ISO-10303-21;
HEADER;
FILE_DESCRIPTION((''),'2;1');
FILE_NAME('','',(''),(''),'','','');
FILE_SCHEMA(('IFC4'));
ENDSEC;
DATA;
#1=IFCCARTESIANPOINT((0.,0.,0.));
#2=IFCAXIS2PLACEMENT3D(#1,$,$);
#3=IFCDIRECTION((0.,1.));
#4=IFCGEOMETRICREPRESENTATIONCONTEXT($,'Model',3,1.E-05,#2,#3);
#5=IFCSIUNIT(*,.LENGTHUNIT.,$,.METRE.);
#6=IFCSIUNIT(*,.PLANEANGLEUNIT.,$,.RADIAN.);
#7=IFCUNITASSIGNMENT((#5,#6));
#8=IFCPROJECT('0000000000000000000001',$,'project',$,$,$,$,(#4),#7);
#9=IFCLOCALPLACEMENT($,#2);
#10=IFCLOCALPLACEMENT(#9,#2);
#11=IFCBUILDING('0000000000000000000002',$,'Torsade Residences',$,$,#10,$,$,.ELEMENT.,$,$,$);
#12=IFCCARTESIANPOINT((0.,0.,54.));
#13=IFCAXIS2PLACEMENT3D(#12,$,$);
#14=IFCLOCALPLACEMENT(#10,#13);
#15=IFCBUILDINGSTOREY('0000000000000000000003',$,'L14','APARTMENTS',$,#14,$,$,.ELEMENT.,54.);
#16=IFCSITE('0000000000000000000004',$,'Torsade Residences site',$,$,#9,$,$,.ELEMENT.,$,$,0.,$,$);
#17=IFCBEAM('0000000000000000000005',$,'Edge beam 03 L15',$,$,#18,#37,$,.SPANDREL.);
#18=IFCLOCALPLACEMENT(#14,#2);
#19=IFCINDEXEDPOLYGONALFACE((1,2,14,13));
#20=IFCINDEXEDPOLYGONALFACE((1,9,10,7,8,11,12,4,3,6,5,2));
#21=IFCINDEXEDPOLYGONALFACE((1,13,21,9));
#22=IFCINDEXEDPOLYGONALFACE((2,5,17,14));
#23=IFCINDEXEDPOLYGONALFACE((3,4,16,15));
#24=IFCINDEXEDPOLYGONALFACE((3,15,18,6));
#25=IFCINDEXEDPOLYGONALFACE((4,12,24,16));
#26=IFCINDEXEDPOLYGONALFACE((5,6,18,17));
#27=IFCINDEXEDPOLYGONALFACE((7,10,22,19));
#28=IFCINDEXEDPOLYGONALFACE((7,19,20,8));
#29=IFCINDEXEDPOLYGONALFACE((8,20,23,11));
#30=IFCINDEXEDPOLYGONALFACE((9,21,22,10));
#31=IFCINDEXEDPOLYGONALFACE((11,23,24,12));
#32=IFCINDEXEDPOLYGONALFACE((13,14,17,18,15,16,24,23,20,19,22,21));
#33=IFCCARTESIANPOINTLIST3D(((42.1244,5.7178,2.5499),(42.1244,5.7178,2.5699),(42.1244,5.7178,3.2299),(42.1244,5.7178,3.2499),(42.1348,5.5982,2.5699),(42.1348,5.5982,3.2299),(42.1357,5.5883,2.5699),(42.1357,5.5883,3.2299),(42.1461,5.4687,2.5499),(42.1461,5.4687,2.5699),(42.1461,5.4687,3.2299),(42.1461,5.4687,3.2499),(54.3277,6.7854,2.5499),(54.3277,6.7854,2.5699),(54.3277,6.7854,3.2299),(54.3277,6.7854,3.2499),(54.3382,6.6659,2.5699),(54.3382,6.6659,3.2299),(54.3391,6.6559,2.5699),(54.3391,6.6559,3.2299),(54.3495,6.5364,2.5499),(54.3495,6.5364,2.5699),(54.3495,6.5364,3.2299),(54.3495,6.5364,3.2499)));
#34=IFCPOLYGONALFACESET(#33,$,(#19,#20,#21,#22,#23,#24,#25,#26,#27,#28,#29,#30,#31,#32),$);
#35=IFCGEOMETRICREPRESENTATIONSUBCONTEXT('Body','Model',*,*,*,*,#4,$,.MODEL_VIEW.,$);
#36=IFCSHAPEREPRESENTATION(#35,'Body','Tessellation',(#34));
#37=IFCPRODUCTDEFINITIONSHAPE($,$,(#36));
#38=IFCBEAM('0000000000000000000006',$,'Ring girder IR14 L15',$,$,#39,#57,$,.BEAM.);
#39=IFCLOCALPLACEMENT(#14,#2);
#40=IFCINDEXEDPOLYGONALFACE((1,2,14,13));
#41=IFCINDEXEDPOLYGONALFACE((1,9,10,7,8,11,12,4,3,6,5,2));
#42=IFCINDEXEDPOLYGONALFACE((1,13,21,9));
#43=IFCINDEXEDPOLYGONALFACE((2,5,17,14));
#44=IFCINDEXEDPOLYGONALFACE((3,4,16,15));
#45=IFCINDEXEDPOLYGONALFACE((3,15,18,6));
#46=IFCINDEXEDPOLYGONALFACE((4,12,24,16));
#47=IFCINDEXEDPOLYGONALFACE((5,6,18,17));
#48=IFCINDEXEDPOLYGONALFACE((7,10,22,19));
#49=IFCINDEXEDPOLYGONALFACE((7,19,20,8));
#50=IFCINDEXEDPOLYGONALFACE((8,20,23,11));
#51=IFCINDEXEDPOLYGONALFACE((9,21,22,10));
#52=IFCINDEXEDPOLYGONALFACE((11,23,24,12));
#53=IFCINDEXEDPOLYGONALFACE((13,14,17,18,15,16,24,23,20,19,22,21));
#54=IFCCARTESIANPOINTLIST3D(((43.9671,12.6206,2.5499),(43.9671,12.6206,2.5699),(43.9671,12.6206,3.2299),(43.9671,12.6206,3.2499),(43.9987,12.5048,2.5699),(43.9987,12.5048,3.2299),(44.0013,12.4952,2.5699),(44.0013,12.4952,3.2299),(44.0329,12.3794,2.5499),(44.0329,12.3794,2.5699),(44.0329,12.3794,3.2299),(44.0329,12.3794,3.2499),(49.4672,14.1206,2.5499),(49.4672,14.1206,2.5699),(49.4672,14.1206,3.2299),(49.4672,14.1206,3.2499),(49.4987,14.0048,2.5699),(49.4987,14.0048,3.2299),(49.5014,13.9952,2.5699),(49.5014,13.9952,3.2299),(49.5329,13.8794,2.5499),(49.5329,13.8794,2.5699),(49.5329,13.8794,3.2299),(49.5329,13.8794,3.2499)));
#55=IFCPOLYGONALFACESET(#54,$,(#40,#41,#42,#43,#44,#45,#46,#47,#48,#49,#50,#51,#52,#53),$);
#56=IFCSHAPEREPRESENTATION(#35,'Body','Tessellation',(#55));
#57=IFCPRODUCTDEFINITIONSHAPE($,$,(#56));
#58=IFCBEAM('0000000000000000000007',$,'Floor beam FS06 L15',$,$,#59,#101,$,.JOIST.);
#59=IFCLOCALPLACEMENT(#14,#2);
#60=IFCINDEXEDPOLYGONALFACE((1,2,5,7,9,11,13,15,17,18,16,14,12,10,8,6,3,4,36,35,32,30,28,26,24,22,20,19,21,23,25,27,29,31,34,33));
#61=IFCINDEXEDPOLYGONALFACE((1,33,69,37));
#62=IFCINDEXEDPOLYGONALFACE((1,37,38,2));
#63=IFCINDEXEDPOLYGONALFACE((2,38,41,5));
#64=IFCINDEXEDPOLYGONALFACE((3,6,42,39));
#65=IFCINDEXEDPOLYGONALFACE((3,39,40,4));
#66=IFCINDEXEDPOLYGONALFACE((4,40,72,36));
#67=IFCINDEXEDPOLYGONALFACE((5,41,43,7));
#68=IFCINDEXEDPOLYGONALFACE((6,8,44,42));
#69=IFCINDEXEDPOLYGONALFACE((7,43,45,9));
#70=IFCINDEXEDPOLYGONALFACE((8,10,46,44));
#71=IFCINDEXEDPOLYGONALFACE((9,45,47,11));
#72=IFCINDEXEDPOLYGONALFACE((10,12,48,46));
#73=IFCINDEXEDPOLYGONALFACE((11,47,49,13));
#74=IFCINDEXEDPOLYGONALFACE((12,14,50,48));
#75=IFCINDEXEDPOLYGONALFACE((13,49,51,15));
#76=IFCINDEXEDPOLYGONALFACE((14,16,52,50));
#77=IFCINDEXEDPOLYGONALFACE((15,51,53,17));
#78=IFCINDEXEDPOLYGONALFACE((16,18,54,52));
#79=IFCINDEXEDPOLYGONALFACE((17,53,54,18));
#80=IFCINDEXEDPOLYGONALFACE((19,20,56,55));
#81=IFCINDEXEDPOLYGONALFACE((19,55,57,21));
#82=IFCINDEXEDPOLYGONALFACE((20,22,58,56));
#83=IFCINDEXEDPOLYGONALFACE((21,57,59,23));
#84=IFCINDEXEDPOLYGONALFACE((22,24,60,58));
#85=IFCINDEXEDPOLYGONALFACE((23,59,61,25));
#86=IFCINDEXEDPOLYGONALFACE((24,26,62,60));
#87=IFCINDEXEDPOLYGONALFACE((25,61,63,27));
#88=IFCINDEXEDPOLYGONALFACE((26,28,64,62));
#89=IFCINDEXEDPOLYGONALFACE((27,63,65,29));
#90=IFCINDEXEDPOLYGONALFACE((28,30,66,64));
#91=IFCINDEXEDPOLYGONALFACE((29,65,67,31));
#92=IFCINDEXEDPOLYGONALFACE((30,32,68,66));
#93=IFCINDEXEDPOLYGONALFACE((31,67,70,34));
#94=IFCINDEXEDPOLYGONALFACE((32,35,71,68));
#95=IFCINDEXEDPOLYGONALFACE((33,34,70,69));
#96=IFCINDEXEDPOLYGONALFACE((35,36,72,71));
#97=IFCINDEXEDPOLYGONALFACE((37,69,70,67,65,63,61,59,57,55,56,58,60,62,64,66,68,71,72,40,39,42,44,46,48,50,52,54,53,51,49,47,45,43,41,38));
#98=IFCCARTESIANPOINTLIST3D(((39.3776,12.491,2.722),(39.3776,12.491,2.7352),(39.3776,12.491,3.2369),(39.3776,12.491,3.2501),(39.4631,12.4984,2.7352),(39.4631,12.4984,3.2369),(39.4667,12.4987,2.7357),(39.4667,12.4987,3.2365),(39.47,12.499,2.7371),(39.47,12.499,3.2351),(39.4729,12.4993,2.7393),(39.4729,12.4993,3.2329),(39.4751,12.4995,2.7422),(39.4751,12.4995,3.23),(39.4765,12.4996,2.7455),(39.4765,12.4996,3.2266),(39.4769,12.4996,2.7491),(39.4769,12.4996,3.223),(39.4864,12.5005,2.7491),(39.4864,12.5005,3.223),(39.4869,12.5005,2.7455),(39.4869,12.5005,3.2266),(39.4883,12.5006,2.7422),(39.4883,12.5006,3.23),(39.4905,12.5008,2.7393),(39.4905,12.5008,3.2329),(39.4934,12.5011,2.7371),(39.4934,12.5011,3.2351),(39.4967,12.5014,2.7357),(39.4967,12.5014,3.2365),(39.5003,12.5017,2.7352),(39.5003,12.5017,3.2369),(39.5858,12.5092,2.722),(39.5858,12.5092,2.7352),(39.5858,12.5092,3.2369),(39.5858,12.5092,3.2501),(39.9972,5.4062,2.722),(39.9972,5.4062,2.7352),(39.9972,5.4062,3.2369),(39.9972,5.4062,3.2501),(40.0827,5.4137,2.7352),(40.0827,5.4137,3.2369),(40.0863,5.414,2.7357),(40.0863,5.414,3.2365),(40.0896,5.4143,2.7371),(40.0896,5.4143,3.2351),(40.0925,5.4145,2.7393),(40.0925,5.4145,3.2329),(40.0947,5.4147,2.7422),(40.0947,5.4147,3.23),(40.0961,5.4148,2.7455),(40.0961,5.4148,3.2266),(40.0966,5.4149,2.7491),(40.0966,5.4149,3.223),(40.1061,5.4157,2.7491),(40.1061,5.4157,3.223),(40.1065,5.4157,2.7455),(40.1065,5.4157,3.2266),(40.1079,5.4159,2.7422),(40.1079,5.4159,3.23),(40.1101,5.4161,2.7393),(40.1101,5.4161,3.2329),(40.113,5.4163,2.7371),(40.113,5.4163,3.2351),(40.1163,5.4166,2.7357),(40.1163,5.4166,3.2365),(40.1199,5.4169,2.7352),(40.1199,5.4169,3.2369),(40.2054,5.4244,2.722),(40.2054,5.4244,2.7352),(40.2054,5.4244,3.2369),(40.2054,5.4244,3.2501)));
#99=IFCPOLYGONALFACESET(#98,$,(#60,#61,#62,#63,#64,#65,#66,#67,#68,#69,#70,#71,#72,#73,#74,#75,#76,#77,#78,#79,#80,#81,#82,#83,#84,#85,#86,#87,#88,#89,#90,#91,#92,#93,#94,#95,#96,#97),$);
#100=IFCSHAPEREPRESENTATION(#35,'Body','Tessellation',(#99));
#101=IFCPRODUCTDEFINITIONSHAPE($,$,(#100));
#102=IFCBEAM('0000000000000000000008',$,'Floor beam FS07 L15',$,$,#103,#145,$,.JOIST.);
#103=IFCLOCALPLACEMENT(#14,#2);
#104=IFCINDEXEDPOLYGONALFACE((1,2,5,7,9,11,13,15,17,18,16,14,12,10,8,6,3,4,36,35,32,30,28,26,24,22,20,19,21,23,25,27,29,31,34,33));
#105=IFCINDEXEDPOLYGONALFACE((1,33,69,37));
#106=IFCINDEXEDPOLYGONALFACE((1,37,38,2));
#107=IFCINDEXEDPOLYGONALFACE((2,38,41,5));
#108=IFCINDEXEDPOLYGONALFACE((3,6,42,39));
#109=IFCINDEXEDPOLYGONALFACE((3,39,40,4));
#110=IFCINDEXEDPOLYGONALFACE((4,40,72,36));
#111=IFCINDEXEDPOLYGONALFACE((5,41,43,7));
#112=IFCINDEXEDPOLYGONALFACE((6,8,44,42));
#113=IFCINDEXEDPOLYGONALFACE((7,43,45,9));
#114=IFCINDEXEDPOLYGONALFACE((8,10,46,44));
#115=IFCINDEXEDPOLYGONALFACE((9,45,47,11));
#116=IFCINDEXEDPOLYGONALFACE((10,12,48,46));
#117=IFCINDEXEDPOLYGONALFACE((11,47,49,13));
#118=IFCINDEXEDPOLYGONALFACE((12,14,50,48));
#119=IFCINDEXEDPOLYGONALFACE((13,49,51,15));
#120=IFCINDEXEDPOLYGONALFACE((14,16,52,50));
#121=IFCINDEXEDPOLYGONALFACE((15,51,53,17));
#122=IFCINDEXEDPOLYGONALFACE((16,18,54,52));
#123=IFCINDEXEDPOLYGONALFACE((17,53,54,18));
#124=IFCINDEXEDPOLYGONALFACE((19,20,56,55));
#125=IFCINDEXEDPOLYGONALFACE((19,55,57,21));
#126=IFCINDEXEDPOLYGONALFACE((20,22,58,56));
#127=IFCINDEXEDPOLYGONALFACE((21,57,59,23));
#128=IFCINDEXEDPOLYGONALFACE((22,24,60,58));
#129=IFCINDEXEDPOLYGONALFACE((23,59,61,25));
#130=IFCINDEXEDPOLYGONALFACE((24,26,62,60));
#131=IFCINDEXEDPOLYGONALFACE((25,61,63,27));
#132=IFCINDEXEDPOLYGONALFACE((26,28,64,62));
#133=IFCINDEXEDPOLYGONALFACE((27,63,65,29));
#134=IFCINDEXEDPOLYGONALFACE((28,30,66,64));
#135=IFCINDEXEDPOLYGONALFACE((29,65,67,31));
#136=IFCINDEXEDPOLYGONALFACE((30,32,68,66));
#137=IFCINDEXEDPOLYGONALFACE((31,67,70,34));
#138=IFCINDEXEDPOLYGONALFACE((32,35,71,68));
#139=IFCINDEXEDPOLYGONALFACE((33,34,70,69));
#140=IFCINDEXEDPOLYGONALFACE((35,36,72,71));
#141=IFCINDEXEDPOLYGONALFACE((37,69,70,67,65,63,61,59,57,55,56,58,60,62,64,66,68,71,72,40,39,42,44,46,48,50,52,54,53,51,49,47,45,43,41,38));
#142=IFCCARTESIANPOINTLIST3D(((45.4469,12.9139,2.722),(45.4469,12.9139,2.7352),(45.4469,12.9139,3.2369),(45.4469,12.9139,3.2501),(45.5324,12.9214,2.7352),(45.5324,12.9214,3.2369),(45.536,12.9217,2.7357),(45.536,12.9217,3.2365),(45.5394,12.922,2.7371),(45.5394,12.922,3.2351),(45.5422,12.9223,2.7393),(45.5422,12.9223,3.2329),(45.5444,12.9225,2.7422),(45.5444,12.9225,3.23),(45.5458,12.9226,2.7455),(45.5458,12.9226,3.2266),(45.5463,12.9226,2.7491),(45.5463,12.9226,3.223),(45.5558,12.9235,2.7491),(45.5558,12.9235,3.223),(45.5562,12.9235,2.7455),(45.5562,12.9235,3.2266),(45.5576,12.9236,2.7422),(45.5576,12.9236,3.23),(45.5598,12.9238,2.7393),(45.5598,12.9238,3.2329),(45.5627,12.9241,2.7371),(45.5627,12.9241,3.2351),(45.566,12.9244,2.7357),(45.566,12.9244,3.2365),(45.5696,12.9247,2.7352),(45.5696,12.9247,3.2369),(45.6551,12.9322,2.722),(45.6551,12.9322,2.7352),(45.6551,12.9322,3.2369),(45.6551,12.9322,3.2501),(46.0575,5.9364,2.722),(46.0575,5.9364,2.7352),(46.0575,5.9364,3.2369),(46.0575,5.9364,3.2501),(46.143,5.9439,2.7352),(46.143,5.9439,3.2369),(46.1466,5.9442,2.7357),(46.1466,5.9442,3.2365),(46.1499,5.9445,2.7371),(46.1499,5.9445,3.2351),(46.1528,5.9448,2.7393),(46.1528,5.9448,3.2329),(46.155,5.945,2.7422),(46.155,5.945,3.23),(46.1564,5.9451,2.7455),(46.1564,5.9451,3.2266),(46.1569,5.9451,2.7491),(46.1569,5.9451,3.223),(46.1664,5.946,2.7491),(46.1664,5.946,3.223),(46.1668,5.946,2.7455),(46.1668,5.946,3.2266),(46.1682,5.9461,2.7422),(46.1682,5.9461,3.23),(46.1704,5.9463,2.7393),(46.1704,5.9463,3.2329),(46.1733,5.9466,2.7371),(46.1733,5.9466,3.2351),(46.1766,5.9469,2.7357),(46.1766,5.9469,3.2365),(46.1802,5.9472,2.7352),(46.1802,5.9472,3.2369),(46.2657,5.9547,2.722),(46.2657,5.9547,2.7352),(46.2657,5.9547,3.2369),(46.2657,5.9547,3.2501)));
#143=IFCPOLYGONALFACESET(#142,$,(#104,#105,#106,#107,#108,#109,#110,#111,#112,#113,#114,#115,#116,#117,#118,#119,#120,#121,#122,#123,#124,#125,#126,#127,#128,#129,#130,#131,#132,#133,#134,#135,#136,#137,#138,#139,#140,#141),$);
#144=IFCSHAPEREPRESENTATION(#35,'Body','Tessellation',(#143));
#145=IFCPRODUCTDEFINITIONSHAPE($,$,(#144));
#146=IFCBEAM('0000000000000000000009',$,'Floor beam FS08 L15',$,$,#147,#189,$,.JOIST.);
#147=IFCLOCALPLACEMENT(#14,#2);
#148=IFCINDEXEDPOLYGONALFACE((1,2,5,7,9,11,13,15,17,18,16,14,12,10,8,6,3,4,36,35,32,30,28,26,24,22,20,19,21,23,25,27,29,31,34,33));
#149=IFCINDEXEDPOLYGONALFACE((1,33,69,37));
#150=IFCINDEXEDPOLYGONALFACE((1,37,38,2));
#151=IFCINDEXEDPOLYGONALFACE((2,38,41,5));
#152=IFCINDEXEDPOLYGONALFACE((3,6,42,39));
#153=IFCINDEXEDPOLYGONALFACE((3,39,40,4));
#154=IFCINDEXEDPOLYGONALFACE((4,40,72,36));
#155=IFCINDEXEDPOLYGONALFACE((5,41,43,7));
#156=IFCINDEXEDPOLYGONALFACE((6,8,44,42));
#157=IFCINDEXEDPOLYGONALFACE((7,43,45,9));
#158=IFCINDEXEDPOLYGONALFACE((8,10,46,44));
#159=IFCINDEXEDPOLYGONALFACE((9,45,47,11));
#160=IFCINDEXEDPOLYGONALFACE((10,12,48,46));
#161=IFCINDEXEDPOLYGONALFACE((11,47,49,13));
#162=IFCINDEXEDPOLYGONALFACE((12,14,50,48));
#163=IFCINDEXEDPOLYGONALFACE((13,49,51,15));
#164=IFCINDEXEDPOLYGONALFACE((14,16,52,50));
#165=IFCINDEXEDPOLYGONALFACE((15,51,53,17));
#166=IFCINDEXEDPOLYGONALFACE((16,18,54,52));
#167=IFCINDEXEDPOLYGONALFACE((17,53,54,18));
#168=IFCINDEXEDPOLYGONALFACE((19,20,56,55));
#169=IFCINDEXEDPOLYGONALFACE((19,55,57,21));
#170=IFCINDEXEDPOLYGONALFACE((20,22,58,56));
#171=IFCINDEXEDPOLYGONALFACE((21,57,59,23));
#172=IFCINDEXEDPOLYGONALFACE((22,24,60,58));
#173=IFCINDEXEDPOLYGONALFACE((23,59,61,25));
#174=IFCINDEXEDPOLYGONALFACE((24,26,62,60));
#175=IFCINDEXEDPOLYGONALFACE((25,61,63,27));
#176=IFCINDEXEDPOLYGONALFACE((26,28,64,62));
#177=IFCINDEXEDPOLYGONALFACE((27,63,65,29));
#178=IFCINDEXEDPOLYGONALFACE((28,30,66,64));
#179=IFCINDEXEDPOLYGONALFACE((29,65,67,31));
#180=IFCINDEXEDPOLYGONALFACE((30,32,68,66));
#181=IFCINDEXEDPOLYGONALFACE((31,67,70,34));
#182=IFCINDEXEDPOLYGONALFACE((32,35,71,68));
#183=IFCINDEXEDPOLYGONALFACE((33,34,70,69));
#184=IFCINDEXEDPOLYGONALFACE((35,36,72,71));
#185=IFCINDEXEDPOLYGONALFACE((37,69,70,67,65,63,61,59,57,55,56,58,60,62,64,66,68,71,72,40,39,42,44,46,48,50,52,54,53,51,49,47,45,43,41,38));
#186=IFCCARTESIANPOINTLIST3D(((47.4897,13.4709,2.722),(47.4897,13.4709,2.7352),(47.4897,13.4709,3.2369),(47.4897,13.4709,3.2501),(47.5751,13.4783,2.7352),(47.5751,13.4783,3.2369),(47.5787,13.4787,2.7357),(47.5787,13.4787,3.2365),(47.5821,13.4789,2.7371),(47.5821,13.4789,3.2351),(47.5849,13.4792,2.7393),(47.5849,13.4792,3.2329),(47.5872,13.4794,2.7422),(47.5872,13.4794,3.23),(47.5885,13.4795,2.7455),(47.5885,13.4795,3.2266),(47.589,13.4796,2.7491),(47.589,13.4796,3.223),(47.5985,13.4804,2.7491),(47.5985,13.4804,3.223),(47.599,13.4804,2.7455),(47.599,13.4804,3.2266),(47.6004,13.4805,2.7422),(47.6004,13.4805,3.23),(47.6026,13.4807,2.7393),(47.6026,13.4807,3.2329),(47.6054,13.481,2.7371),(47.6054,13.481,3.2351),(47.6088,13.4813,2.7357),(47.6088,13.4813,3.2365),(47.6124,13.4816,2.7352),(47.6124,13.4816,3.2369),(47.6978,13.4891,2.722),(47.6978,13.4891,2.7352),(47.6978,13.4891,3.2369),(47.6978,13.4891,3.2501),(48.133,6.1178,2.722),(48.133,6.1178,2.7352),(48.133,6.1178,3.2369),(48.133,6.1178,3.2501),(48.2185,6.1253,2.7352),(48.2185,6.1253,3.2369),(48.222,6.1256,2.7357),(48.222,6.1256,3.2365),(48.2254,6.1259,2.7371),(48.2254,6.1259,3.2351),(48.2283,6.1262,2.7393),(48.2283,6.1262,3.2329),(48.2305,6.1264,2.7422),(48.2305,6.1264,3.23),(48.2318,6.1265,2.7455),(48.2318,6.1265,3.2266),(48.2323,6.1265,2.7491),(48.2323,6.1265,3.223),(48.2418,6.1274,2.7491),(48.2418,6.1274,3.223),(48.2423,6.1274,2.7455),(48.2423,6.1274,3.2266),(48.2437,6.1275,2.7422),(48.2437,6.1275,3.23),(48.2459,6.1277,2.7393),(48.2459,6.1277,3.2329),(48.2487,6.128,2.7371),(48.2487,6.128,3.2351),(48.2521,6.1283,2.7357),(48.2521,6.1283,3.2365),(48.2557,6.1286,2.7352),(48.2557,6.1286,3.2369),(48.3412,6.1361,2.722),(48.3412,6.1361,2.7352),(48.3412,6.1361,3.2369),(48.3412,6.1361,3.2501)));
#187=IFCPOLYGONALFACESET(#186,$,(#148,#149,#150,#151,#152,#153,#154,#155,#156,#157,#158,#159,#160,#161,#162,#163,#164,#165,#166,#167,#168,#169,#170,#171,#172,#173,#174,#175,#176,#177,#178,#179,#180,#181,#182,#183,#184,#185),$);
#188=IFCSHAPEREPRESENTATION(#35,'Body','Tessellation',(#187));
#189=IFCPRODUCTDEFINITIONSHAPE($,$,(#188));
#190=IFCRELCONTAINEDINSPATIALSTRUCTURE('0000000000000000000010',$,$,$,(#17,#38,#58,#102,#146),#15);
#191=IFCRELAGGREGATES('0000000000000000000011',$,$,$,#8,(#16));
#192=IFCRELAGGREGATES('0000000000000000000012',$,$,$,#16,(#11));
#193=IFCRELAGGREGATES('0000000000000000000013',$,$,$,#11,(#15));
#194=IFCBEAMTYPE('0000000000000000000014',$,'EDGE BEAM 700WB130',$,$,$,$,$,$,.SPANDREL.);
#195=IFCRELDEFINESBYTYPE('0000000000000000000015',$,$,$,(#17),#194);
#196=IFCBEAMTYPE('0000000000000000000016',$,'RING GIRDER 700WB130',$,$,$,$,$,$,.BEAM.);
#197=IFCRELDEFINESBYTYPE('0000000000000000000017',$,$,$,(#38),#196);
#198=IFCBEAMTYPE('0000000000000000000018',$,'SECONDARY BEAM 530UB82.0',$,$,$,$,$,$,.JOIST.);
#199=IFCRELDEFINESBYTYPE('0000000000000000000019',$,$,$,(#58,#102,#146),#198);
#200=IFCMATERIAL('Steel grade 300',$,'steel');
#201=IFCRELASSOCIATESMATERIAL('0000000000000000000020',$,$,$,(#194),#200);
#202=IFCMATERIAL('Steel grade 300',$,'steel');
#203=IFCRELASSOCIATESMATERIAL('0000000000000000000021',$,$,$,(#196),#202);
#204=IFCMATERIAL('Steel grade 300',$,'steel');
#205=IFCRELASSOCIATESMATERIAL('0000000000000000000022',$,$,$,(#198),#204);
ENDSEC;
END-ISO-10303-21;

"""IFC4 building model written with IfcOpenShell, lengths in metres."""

from ifc_helpers import new_model, si_unit, direction, frame, origin, origin_2d, place, context, subcontext, project, spatial, i_section, extrude, material, material_profile, profile_set, type_object, element, save


model = new_model("IFC4")

# Units and contexts
model_context = context("Model", 3, precision=1e-05, world=origin(), true_north=direction((0.0, 1.0)))
body_context = subcontext(model_context, "Body", "Model", "MODEL_VIEW")
ifc_project = project(units=[si_unit("LENGTHUNIT", "METRE"), si_unit("PLANEANGLEUNIT", "RADIAN")], contexts=[model_context])

# Site, building, storey
site_placement = place(None, origin())
site = spatial("IfcSite", under=ifc_project, at=site_placement, Name="Torsade Residences site", CompositionType="ELEMENT", RefElevation=0.0)
building_placement = place(site_placement, origin())
building = spatial("IfcBuilding", under=site, at=building_placement, Name="Torsade Residences", CompositionType="ELEMENT")
storey_placement = place(building_placement, frame((0.0, 0.0, 54.0)))
storey = spatial("IfcBuildingStorey", under=building, at=storey_placement, Name="L14", Description="APARTMENTS", CompositionType="ELEMENT", Elevation=54.0)

# Beams
ifc_material_1 = material(Name="Steel grade 300", Category="steel")
ifc_material_profile_1 = material_profile(ifc_material_1, i_section(OverallWidth=0.25, OverallDepth=0.7, WebThickness=0.01, FlangeThickness=0.02, at=origin_2d()), Name="700WB130")
ifc_profile_set_1 = profile_set([ifc_material_profile_1], Name="Steel grade 300")
beam_type_1 = type_object("IfcBeamType", Name="EDGE BEAM 700WB130", PredefinedType="SPANDREL", material=ifc_profile_set_1)
beam_1_placement = place(storey_placement, frame((42.1353, 5.5933, 2.8999), z_axis=(0.996195, 0.087153, 0.0), x_axis=(-0.087153, 0.996195, 0.0)))
element("IfcBeam", 1, at=beam_1_placement, inside=storey, type_object=beam_type_1, Name="Edge beam 03 L15", PredefinedType="SPANDREL", context=body_context, shape_type="SweptSolid", body=[
    extrude(i_section(OverallWidth=0.25, OverallDepth=0.7, WebThickness=0.01, FlangeThickness=0.02, at=origin_2d()), origin(), (0.0, 0.0, 1.0), 12.25),
])
ifc_material_2 = material(Name="Steel grade 300", Category="steel")
ifc_material_profile_2 = material_profile(ifc_material_2, i_section(OverallWidth=0.25, OverallDepth=0.7, WebThickness=0.01, FlangeThickness=0.02, at=origin_2d()), Name="700WB130")
ifc_profile_set_2 = profile_set([ifc_material_profile_2], Name="Steel grade 300")
beam_type_2 = type_object("IfcBeamType", Name="RING GIRDER 700WB130", PredefinedType="BEAM", material=ifc_profile_set_2)
beam_2_placement = place(storey_placement, frame((44.0, 12.5, 2.8999), z_axis=(0.964764, 0.263117, 0.0), x_axis=(-0.263117, 0.964764, 0.0)))
element("IfcBeam", 2, at=beam_2_placement, inside=storey, type_object=beam_type_2, Name="Ring girder IR14 L15", PredefinedType="BEAM", context=body_context, shape_type="SweptSolid", body=[
    extrude(i_section(OverallWidth=0.25, OverallDepth=0.7, WebThickness=0.01, FlangeThickness=0.02, at=origin_2d()), origin(), (0.0, 0.0, 1.0), 5.7009),
])
ifc_material_3 = material(Name="Steel grade 300", Category="steel")
ifc_material_profile_3 = material_profile(ifc_material_3, i_section(OverallWidth=0.209, OverallDepth=0.5281, WebThickness=0.0095, FlangeThickness=0.0132, FilletRadius=0.0139, at=origin_2d()), Name="530UB82.0")
ifc_profile_set_3 = profile_set([ifc_material_profile_3], Name="Steel grade 300")
beam_type_3 = type_object("IfcBeamType", Name="SECONDARY BEAM 530UB82.0", PredefinedType="JOIST", material=ifc_profile_set_3)
beam_3_placement = place(storey_placement, frame((40.1013, 5.4153, 2.9861), z_axis=(-0.087127, 0.996197, 0.0), x_axis=(-0.996197, -0.087127, 0.0)))
element("IfcBeam", 3, at=beam_3_placement, inside=storey, type_object=beam_type_3, Name="Floor beam FS06 L15", PredefinedType="JOIST", context=body_context, shape_type="SweptSolid", body=[
    extrude(i_section(OverallWidth=0.209, OverallDepth=0.5281, WebThickness=0.0095, FlangeThickness=0.0132, FilletRadius=0.0139, at=origin_2d()), origin(), (0.0, 0.0, 1.0), 7.1118),
])
beam_4_placement = place(storey_placement, frame((46.1616, 5.9456, 2.9861), z_axis=(-0.087176, 0.996193, 0.0), x_axis=(-0.996193, -0.087176, 0.0)))
element("IfcBeam", 4, at=beam_4_placement, inside=storey, type_object=beam_type_3, Name="Floor beam FS07 L15", PredefinedType="JOIST", context=body_context, shape_type="SweptSolid", body=[
    extrude(i_section(OverallWidth=0.209, OverallDepth=0.5281, WebThickness=0.0095, FlangeThickness=0.0132, FilletRadius=0.0139, at=origin_2d()), origin(), (0.0, 0.0, 1.0), 7.0042),
])
beam_5_placement = place(storey_placement, frame((48.2371, 6.127, 2.9861), z_axis=(-0.087156, 0.996195, 0.0), x_axis=(-0.996195, -0.087156, 0.0)))
element("IfcBeam", 5, at=beam_5_placement, inside=storey, type_object=beam_type_3, Name="Floor beam FS08 L15", PredefinedType="JOIST", context=body_context, shape_type="SweptSolid", body=[
    extrude(i_section(OverallWidth=0.209, OverallDepth=0.5281, WebThickness=0.0095, FlangeThickness=0.0132, FilletRadius=0.0139, at=origin_2d()), origin(), (0.0, 0.0, 1.0), 7.3811),
])

save(model, "model.ifc")
